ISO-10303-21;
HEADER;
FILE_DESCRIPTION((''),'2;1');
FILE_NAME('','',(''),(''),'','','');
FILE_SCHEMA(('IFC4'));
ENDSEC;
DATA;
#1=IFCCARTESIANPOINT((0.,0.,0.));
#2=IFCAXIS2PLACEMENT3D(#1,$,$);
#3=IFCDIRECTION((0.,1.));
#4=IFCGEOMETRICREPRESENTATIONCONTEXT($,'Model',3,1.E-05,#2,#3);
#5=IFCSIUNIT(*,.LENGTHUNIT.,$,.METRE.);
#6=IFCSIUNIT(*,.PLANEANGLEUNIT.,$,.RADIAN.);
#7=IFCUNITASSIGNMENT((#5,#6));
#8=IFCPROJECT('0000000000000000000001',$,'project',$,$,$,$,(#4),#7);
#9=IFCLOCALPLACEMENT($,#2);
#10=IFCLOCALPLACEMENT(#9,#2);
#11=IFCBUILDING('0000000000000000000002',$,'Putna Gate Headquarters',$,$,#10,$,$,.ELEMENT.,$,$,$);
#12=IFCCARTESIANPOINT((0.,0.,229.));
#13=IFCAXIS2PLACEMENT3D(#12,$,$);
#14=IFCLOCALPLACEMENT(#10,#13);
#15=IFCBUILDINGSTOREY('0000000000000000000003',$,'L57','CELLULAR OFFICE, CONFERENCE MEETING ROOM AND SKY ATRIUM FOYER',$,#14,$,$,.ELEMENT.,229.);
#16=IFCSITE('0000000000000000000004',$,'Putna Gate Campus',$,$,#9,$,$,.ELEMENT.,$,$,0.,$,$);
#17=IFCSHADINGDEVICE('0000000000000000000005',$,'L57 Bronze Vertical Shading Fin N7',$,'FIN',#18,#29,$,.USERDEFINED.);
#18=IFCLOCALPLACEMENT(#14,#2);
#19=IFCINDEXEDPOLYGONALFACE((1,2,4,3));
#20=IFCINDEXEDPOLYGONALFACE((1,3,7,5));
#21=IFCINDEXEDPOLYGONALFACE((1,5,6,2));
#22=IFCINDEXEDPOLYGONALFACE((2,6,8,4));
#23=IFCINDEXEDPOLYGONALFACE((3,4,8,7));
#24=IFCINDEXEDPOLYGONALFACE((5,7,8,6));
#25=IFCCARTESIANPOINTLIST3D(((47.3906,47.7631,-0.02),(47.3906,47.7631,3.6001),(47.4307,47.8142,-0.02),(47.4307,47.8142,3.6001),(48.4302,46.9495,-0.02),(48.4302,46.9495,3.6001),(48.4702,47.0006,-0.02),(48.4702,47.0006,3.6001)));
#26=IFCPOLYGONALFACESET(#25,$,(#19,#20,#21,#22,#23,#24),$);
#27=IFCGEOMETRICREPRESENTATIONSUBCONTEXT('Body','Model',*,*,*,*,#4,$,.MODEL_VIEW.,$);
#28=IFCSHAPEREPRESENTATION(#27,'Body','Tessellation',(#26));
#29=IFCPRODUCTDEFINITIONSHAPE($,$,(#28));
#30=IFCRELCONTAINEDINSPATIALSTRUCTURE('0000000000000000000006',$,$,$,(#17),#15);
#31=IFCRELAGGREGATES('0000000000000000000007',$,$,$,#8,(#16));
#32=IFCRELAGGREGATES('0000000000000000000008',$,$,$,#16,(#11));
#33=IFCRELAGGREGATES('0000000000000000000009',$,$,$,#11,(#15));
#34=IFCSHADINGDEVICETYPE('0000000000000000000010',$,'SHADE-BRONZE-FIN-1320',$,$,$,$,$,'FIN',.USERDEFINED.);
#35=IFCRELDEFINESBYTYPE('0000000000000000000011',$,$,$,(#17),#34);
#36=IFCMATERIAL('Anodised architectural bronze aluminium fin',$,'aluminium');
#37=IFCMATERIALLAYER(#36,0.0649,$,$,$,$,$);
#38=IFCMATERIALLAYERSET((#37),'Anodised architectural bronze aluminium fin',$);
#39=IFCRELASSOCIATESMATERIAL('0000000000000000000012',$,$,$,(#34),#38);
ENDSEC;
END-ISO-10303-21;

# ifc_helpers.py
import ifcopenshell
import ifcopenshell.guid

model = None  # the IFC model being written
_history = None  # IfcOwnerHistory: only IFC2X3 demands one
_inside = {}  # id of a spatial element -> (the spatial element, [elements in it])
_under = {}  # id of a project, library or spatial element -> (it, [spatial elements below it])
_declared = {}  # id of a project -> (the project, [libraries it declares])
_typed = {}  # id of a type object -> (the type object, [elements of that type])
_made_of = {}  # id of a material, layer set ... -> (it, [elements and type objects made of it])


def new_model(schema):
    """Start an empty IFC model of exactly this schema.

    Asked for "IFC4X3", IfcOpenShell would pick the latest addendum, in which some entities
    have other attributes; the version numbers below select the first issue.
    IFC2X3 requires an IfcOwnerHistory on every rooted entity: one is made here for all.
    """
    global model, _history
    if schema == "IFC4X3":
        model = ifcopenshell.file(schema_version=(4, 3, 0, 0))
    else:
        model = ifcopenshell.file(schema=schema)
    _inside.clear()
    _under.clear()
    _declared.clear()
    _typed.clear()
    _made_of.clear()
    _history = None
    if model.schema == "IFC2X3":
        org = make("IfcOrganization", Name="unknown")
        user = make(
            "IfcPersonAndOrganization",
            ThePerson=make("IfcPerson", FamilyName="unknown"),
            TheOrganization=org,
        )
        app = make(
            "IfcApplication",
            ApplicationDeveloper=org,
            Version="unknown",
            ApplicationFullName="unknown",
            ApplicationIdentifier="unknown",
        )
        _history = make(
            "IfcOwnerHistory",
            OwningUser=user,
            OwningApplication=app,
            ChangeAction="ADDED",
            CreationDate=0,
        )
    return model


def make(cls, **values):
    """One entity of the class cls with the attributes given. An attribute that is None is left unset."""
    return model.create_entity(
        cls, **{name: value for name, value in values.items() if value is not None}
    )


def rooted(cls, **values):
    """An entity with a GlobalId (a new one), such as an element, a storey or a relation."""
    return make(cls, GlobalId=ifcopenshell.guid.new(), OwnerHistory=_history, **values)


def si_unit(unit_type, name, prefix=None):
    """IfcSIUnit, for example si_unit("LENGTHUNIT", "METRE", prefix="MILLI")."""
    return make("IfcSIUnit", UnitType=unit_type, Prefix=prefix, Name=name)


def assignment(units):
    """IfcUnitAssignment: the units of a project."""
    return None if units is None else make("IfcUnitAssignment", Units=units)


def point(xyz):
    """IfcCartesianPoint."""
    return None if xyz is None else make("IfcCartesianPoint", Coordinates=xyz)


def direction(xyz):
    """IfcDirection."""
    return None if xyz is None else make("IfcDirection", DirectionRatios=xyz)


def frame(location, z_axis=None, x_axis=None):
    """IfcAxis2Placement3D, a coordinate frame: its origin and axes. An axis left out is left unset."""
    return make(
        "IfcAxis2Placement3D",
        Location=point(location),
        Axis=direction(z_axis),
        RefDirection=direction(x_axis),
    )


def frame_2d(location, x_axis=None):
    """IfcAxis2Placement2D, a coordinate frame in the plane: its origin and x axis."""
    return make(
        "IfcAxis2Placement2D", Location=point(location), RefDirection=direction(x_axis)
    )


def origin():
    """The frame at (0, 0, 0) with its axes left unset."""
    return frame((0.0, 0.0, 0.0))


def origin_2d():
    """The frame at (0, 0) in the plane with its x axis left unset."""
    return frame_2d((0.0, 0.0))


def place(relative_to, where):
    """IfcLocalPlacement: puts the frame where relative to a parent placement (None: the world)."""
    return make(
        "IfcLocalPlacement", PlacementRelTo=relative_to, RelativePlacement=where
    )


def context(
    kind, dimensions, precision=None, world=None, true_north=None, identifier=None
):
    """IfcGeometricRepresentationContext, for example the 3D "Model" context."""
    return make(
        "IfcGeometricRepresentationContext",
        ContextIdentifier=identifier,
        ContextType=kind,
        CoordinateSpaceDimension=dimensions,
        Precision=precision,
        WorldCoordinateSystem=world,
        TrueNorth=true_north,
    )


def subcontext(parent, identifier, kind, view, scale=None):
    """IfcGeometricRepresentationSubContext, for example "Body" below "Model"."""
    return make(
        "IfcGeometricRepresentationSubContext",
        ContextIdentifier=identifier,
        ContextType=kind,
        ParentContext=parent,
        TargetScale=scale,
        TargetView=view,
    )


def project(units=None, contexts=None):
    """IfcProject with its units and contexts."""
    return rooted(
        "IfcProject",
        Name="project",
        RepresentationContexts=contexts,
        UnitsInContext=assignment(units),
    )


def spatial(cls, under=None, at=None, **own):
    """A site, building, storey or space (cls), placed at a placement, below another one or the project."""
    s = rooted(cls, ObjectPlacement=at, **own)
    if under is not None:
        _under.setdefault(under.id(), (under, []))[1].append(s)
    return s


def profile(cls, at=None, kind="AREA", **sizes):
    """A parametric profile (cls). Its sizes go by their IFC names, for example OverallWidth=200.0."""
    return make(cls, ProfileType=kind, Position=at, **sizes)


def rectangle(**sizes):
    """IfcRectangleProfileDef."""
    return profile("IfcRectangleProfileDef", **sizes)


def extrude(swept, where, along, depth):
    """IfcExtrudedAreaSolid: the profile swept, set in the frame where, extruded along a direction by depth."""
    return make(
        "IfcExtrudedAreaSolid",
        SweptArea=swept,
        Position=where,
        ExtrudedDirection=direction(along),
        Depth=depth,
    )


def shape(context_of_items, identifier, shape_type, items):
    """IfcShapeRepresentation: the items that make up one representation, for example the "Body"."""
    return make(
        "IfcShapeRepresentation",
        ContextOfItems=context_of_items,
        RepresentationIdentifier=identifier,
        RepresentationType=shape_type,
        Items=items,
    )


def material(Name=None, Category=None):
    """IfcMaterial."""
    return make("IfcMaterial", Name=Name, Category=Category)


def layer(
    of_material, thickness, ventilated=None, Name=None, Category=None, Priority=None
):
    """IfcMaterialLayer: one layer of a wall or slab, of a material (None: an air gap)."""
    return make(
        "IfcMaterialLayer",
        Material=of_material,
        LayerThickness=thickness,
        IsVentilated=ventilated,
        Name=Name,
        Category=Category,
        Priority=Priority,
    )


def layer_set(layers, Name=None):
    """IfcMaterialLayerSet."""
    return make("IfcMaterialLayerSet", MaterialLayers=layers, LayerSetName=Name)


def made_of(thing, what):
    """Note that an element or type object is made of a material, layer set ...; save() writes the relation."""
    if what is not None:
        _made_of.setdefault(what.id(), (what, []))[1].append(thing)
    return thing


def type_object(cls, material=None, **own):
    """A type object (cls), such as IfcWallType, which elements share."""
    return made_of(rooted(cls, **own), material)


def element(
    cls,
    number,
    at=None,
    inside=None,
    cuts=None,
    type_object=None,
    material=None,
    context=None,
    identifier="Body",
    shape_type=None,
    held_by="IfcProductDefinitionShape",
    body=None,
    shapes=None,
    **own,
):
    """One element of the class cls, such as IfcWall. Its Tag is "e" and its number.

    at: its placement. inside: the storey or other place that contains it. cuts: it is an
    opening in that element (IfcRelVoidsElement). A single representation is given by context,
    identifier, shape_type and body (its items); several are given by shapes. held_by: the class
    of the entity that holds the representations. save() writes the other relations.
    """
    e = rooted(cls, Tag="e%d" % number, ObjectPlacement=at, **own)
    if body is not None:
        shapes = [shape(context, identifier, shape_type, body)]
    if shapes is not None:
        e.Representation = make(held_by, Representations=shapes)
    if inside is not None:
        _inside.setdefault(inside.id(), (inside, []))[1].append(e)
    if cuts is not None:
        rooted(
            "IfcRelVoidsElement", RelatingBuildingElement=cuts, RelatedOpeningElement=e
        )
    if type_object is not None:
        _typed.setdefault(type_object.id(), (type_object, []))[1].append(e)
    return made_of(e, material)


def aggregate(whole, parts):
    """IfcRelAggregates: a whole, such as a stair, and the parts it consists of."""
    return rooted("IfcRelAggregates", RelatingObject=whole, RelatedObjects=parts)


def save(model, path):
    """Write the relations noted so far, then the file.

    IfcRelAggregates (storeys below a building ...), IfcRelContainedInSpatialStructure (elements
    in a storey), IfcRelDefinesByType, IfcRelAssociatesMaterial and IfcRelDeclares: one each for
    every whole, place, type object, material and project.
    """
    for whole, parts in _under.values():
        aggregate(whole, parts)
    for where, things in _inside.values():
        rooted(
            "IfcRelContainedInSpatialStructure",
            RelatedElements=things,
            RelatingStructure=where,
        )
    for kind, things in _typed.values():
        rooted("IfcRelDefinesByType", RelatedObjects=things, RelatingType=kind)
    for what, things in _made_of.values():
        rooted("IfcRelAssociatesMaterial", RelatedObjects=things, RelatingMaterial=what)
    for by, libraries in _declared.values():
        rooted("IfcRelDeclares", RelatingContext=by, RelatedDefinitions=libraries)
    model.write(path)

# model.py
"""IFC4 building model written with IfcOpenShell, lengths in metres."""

from ifc_helpers import new_model, si_unit, direction, frame, origin, origin_2d, place, context, subcontext, project, spatial, rectangle, extrude, material, layer, layer_set, type_object, element, save


model = new_model("IFC4")

# Units and contexts
model_context = context("Model", 3, precision=1e-05, world=origin(), true_north=direction((0.0, 1.0)))
body_context = subcontext(model_context, "Body", "Model", "MODEL_VIEW")
ifc_project = project(units=[si_unit("LENGTHUNIT", "METRE"), si_unit("PLANEANGLEUNIT", "RADIAN")], contexts=[model_context])

# Site, building, storey
site_placement = place(None, origin())
site = spatial("IfcSite", under=ifc_project, at=site_placement, Name="Putna Gate Campus", CompositionType="ELEMENT", RefElevation=0.0)
building_placement = place(site_placement, origin())
building = spatial("IfcBuilding", under=site, at=building_placement, Name="Putna Gate Headquarters", CompositionType="ELEMENT")
storey_placement = place(building_placement, frame((0.0, 0.0, 229.0)))
storey = spatial("IfcBuildingStorey", under=building, at=storey_placement, Name="L57", Description="CELLULAR OFFICE, CONFERENCE MEETING ROOM AND SKY ATRIUM FOYER", CompositionType="ELEMENT", Elevation=229.0)

# Shading device
ifc_material_1 = material(Name="Anodised architectural bronze aluminium fin", Category="aluminium")
ifc_layer_1 = layer(ifc_material_1, 0.0649)
ifc_layer_set_1 = layer_set([ifc_layer_1], Name="Anodised architectural bronze aluminium fin")
shading_device_type = type_object("IfcShadingDeviceType", Name="SHADE-BRONZE-FIN-1320", ElementType="FIN", PredefinedType="USERDEFINED", material=ifc_layer_set_1)
shading_device_placement = place(storey_placement, frame((47.9304, 47.3818, -0.02), z_axis=(0.0, 0.0, 1.0), x_axis=(-0.787473, 0.616349, 0.0)))
element("IfcShadingDevice", 1, at=shading_device_placement, inside=storey, type_object=shading_device_type, Name="L57 Bronze Vertical Shading Fin N7", ObjectType="FIN", PredefinedType="USERDEFINED", context=body_context, shape_type="SweptSolid", body=[
    extrude(rectangle(XDim=1.3201, YDim=0.0649, at=origin_2d()), origin(), (0.0, 0.0, 1.0), 3.6201),
])

save(model, "model.ifc")
